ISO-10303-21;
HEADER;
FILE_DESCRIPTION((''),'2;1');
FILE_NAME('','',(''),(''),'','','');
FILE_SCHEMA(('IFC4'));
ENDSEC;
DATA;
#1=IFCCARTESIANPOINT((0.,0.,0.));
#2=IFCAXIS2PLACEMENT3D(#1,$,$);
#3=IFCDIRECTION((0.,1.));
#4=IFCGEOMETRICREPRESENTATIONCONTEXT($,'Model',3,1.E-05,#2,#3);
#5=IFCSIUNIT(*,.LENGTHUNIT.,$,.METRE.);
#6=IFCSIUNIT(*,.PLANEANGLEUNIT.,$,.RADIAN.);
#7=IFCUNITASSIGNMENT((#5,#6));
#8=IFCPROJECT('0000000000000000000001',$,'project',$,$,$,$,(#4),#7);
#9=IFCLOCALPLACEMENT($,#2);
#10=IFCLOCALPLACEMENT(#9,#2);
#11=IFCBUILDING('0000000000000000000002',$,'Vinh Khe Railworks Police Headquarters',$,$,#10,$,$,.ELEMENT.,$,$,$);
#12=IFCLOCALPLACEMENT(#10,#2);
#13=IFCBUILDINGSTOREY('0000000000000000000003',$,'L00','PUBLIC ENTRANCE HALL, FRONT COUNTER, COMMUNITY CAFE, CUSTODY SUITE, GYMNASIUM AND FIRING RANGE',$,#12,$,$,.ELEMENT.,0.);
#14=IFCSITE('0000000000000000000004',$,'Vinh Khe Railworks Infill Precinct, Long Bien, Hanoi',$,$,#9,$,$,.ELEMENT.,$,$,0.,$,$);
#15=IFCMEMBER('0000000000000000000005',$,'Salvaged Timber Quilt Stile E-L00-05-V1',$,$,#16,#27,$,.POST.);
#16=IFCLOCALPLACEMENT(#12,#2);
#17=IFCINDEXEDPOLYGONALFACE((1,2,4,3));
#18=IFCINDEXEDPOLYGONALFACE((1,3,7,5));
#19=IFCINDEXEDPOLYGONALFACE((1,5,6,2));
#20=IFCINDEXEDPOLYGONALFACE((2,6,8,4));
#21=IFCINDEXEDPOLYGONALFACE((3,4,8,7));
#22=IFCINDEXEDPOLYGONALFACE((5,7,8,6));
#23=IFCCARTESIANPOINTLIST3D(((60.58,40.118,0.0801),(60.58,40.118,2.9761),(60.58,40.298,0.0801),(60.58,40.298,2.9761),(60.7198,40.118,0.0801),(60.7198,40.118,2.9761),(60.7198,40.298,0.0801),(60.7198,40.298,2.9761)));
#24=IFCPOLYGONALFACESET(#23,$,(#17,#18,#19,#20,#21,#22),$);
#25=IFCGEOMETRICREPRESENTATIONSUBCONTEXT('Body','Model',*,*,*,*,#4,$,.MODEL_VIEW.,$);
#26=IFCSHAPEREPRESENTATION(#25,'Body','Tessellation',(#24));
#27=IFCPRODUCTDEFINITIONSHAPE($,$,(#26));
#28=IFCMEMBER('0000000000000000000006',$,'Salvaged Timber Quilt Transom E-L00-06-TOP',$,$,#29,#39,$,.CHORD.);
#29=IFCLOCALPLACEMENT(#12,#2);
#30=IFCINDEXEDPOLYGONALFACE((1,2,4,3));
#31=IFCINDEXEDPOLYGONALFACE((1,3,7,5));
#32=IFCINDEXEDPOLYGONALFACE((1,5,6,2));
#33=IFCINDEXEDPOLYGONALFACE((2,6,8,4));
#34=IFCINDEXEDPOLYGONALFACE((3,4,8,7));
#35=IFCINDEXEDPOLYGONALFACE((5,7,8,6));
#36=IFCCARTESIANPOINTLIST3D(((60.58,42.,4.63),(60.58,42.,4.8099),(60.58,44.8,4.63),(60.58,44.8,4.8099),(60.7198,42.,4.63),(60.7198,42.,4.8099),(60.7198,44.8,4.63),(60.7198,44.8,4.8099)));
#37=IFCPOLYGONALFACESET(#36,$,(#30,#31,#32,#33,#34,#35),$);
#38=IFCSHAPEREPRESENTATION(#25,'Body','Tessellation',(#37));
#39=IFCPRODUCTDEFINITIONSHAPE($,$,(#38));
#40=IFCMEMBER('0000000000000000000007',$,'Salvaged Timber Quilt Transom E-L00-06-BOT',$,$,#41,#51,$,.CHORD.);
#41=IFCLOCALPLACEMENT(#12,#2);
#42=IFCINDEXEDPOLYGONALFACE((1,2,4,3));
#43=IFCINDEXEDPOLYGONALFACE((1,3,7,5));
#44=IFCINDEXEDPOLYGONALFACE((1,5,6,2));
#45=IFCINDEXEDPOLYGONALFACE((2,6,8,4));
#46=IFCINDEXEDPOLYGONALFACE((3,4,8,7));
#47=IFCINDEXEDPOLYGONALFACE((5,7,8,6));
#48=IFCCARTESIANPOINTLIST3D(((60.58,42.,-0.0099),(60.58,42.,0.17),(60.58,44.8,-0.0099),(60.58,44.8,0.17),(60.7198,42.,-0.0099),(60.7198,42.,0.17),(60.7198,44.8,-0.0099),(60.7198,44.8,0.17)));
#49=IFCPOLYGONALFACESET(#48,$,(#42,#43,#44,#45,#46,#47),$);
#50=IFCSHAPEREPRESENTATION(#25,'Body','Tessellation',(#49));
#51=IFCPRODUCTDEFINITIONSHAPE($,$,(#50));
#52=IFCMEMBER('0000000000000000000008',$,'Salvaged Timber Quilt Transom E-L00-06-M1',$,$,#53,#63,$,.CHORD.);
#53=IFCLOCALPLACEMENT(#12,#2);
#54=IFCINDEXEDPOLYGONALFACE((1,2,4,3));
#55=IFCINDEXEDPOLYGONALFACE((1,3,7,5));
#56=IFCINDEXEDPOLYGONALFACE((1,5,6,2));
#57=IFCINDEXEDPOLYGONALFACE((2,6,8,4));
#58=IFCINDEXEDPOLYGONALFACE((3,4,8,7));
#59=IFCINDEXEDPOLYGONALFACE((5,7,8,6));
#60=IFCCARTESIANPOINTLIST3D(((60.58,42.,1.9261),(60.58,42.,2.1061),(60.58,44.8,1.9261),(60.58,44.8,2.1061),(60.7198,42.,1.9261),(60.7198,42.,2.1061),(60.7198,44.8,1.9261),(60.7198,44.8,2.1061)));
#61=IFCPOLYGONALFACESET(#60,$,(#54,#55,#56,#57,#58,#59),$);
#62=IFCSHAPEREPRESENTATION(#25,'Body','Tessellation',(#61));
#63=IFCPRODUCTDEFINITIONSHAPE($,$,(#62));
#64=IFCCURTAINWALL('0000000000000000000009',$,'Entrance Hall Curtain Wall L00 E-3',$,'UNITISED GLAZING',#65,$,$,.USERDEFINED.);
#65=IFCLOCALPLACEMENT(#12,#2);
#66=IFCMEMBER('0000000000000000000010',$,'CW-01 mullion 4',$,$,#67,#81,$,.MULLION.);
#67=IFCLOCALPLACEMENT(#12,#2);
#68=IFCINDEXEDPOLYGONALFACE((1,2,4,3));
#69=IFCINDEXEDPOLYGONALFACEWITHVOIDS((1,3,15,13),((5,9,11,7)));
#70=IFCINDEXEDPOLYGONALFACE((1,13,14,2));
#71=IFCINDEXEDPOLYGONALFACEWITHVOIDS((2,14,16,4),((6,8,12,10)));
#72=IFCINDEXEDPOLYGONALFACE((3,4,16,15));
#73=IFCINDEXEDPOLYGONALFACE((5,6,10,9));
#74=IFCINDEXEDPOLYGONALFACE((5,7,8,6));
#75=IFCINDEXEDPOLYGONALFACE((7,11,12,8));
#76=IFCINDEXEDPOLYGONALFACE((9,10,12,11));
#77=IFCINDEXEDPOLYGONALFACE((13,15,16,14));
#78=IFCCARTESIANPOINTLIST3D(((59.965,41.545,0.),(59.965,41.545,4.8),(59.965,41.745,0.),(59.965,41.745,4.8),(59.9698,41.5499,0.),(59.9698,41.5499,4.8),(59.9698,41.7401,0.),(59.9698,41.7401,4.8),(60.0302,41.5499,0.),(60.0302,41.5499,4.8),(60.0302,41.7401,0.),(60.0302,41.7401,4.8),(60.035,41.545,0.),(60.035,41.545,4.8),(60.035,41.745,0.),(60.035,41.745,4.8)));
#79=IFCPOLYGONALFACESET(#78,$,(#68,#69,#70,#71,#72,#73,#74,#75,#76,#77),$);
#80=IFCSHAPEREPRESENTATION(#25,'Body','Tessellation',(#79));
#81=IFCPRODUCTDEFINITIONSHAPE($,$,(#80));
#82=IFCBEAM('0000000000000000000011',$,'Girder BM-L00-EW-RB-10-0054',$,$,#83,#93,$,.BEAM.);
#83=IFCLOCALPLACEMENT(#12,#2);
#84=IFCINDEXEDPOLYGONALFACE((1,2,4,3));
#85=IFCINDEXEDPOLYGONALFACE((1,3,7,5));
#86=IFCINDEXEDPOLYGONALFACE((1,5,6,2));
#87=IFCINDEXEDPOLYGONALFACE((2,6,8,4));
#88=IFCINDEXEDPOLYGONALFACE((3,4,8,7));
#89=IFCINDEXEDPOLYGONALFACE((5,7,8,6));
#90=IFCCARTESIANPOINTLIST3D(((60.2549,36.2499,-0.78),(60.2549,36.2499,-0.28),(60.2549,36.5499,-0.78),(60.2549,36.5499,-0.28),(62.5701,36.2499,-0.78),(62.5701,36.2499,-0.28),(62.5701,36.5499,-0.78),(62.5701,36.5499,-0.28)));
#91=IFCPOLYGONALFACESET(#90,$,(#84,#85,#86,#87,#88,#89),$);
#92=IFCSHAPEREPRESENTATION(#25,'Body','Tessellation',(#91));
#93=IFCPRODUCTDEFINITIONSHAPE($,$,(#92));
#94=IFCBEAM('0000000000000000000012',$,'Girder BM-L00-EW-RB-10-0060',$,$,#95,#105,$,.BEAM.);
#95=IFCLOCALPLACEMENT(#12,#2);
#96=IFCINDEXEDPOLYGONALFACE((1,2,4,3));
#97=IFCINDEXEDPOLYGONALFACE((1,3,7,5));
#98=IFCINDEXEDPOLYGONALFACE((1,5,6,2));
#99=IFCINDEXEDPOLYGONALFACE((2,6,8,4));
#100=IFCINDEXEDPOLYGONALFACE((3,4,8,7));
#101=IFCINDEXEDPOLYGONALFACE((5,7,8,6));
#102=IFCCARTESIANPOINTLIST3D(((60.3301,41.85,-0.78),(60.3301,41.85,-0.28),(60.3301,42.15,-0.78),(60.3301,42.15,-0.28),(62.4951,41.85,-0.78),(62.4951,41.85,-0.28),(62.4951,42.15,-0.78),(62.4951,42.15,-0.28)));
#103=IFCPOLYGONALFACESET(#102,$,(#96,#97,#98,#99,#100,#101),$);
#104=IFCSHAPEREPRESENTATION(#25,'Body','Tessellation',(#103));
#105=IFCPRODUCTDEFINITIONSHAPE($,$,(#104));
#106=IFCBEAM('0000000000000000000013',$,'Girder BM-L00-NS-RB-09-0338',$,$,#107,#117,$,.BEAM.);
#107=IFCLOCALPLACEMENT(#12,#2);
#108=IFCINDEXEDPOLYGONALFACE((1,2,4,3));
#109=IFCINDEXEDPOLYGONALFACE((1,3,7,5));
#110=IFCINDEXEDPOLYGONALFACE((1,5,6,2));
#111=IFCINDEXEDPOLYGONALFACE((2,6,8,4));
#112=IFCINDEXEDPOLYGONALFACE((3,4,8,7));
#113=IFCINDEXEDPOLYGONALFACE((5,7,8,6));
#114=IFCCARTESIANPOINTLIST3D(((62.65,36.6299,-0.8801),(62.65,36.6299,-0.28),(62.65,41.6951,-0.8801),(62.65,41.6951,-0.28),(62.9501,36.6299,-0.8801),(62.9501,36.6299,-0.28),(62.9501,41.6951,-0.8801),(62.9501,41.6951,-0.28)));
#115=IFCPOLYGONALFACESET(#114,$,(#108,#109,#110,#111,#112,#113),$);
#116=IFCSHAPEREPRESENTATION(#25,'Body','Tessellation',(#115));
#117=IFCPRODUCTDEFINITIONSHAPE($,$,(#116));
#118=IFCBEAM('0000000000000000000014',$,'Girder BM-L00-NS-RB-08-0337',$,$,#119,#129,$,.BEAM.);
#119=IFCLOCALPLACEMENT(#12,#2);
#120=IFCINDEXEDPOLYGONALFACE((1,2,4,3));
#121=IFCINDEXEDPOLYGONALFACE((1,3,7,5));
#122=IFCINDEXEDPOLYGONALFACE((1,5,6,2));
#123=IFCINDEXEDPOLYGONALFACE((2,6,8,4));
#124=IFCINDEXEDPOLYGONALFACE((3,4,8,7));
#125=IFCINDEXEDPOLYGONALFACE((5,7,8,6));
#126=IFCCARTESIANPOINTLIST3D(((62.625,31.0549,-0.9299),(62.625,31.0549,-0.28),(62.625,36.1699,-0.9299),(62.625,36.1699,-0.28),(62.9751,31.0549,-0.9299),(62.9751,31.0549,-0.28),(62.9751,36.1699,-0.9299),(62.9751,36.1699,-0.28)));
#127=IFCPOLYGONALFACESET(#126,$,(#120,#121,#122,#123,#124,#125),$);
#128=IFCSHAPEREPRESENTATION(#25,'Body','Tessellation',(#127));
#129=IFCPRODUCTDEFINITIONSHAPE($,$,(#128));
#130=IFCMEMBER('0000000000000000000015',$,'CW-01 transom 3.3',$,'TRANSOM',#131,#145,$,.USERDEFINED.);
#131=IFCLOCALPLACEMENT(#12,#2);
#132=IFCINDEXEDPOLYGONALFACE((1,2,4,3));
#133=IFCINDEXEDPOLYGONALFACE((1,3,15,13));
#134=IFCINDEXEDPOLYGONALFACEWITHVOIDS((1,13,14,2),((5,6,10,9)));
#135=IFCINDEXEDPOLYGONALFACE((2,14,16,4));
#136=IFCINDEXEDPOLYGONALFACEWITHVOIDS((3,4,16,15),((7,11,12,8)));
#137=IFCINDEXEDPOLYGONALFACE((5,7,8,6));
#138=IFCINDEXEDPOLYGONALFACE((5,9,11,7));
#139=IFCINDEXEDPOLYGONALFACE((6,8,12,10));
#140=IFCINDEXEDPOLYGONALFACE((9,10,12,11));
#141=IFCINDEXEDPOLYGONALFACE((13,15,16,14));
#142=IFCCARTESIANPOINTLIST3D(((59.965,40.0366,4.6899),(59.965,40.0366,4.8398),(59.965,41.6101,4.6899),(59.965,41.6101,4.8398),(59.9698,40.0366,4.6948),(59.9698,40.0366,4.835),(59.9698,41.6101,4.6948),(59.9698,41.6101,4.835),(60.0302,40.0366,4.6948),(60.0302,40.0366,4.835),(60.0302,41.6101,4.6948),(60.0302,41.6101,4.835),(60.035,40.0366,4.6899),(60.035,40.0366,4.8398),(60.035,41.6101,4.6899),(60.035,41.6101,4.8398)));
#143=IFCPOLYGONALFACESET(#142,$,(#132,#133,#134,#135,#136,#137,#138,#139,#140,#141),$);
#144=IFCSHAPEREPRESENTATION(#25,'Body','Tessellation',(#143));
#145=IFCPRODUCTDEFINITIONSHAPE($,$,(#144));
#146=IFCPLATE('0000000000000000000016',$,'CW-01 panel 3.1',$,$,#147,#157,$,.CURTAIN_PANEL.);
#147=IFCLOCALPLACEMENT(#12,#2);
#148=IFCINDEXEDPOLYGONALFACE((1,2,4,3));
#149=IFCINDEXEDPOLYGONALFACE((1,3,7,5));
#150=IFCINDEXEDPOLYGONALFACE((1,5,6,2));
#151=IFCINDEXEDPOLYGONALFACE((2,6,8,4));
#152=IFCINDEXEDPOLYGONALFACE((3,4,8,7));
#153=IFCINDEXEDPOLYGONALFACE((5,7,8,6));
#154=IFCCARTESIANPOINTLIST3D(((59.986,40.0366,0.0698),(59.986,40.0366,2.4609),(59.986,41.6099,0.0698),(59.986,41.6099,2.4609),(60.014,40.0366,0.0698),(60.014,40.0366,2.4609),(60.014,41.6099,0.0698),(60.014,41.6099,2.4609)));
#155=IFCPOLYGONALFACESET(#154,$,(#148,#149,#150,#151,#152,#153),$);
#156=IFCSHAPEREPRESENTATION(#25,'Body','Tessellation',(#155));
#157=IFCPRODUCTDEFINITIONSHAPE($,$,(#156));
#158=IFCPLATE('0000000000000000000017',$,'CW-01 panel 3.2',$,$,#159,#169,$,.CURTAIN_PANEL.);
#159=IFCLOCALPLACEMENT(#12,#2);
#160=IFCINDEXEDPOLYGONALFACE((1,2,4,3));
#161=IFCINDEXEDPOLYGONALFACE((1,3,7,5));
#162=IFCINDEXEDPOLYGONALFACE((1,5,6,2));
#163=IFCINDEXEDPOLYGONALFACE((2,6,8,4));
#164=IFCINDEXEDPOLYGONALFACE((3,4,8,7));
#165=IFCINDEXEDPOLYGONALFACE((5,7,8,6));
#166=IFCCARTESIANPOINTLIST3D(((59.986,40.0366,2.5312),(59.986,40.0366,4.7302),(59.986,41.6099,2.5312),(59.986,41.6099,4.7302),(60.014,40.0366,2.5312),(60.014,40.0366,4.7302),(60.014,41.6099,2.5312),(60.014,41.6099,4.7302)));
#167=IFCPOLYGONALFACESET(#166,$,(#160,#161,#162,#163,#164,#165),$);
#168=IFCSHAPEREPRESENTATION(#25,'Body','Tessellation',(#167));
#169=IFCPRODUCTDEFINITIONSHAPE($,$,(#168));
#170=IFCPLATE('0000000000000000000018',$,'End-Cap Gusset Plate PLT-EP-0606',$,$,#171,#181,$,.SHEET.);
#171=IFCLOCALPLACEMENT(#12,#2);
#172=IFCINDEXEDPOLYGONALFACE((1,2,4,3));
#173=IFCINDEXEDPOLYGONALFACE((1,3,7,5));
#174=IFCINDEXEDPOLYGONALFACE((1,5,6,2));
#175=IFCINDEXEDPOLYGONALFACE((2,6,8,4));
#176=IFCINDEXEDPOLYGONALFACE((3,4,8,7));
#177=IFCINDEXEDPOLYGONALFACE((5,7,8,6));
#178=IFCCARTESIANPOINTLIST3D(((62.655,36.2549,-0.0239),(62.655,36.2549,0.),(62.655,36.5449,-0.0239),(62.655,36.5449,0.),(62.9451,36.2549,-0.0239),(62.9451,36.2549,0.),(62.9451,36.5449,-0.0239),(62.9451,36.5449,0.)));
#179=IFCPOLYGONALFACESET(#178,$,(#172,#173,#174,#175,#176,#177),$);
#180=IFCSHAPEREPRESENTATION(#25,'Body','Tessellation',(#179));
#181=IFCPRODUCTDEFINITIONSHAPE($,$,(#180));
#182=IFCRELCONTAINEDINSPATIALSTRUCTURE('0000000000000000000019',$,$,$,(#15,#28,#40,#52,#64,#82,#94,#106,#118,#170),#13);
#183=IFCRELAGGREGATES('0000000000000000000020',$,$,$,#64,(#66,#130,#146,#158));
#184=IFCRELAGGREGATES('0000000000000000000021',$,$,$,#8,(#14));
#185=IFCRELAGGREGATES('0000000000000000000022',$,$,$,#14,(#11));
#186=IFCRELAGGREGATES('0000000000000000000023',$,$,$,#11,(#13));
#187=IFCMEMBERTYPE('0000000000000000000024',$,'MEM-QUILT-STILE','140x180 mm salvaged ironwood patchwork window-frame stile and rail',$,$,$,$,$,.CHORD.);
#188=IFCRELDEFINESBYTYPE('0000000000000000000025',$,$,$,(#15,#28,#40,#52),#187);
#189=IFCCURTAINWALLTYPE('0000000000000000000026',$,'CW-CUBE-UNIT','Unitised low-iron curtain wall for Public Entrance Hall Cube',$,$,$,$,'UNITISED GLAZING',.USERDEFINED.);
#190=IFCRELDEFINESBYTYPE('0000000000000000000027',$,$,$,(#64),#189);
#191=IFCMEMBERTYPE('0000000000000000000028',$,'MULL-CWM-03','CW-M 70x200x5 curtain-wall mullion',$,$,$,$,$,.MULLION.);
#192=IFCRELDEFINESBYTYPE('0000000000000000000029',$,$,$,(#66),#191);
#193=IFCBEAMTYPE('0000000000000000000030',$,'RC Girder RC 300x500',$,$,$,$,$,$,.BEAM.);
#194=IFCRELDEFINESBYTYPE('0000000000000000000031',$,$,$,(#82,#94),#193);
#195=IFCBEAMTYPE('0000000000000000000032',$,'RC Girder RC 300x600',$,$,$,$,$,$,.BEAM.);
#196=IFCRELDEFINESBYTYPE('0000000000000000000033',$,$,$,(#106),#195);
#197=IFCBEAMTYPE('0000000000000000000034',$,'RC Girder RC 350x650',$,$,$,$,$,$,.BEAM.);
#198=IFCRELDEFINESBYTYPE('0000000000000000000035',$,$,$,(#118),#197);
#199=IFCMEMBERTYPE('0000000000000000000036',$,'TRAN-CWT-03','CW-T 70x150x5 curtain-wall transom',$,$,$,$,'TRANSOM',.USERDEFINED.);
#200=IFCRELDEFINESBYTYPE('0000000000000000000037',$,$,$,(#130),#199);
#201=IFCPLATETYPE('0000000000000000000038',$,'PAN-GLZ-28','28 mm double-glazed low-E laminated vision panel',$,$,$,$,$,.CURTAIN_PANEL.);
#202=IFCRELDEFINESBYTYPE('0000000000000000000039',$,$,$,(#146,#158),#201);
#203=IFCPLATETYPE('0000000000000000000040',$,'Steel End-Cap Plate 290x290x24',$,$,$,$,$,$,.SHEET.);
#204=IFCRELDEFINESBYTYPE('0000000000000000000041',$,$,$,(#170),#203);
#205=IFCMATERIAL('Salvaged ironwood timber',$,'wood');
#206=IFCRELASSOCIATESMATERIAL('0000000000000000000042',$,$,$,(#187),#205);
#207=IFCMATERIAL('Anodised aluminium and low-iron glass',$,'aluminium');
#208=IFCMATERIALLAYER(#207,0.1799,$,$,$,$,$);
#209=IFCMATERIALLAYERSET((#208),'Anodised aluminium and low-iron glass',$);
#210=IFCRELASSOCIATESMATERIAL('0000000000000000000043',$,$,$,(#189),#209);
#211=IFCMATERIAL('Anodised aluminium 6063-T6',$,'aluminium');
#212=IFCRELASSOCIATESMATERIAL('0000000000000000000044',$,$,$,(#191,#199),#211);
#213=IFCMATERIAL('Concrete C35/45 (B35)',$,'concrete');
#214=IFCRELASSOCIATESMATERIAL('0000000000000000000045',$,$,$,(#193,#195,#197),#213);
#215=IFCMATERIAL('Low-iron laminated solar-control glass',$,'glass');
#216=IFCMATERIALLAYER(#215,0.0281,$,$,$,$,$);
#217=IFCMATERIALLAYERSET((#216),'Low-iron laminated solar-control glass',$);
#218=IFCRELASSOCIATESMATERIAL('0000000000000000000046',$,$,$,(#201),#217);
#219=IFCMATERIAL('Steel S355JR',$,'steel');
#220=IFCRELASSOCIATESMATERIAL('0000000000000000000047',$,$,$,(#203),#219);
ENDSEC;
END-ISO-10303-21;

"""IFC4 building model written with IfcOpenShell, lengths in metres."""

from ifc_helpers import new_model, si_unit, direction, frame, origin, origin_2d, place, context, subcontext, project, spatial, rectangle, hollow_rectangle, extrude, material, layer, layer_set, material_profile, profile_set, type_object, element, aggregate, save


model = new_model("IFC4")

# Units and contexts
model_context = context("Model", 3, precision=1e-05, world=origin(), true_north=direction((0.0, 1.0)))
body_context = subcontext(model_context, "Body", "Model", "MODEL_VIEW")
ifc_project = project(units=[si_unit("LENGTHUNIT", "METRE"), si_unit("PLANEANGLEUNIT", "RADIAN")], contexts=[model_context])

# Site, building, storey
site_placement = place(None, origin())
site = spatial("IfcSite", under=ifc_project, at=site_placement, Name="Vinh Khe Railworks Infill Precinct, Long Bien, Hanoi", CompositionType="ELEMENT", RefElevation=0.0)
building_placement = place(site_placement, origin())
building = spatial("IfcBuilding", under=site, at=building_placement, Name="Vinh Khe Railworks Police Headquarters", CompositionType="ELEMENT")
storey_placement = place(building_placement, origin())
storey = spatial("IfcBuildingStorey", under=building, at=storey_placement, Name="L00", Description="PUBLIC ENTRANCE HALL, FRONT COUNTER, COMMUNITY CAFE, CUSTODY SUITE, GYMNASIUM AND FIRING RANGE", CompositionType="ELEMENT", Elevation=0.0)

# Shared definitions
ifc_material_1 = material(Name="Steel S355JR", Category="steel")

# Members
ifc_material_2 = material(Name="Salvaged ironwood timber", Category="wood")
ifc_material_profile_1 = material_profile(ifc_material_2, rectangle(XDim=0.1399, YDim=0.1799, at=origin_2d()), Name="TIMBER 140x180")
ifc_profile_set_1 = profile_set([ifc_material_profile_1], Name="Salvaged ironwood timber")
member_type_1 = type_object("IfcMemberType", Name="MEM-QUILT-STILE", Description="140x180 mm salvaged ironwood patchwork window-frame stile and rail", PredefinedType="CHORD", material=ifc_profile_set_1)
member_1_placement = place(storey_placement, frame((60.6499, 40.208, 0.0801), z_axis=(0.0, 0.0, 1.0), x_axis=(1.0, 0.0, 0.0)))
element("IfcMember", 1, at=member_1_placement, inside=storey, type_object=member_type_1, Name="Salvaged Timber Quilt Stile E-L00-05-V1", PredefinedType="POST", context=body_context, shape_type="SweptSolid", body=[
    extrude(rectangle(XDim=0.1399, YDim=0.1799, at=origin_2d()), origin(), (0.0, 0.0, 1.0), 2.896),
])
for number, where, z_axis, x_axis, name in (
    (2, (60.6499, 42.0, 4.72), (0.0, 1.0, 0.0), (-1.0, 0.0, 0.0), "Salvaged Timber Quilt Transom E-L00-06-TOP"),
    (3, (60.6499, 42.0, 0.0801), (0.0, 1.0, 0.0), (-1.0, 0.0, 0.0), "Salvaged Timber Quilt Transom E-L00-06-BOT"),
    (4, (60.6499, 42.0, 2.0161), (0.0, 1.0, 0.0), (-1.0, 0.0, 0.0), "Salvaged Timber Quilt Transom E-L00-06-M1"),
):
    element("IfcMember", number, at=place(storey_placement, frame(where, z_axis=z_axis, x_axis=x_axis)), inside=storey, type_object=member_type_1, Name=name, PredefinedType="CHORD", context=body_context, shape_type="SweptSolid", body=[
        extrude(rectangle(XDim=0.1399, YDim=0.1799, at=origin_2d()), origin(), (0.0, 0.0, 1.0), 2.8),
    ])

# Curtain wall, member
ifc_material_3 = material(Name="Anodised aluminium and low-iron glass", Category="aluminium")
ifc_layer_1 = layer(ifc_material_3, 0.1799)
ifc_layer_set_1 = layer_set([ifc_layer_1], Name="Anodised aluminium and low-iron glass")
curtain_wall_type = type_object("IfcCurtainWallType", Name="CW-CUBE-UNIT", Description="Unitised low-iron curtain wall for Public Entrance Hall Cube", ElementType="UNITISED GLAZING", PredefinedType="USERDEFINED", material=ifc_layer_set_1)
curtain_wall_placement = place(storey_placement, origin())
curtain_wall = element("IfcCurtainWall", 5, at=curtain_wall_placement, inside=storey, type_object=curtain_wall_type, Name="Entrance Hall Curtain Wall L00 E-3", ObjectType="UNITISED GLAZING", PredefinedType="USERDEFINED")
ifc_material_4 = material(Name="Anodised aluminium 6063-T6", Category="aluminium")
ifc_material_profile_2 = material_profile(ifc_material_4, hollow_rectangle(XDim=0.0701, YDim=0.2, WallThickness=0.0049, at=origin_2d()), Name="CW-M 70x200x5")
ifc_profile_set_2 = profile_set([ifc_material_profile_2], Name="Anodised aluminium 6063-T6")
member_type_2 = type_object("IfcMemberType", Name="MULL-CWM-03", Description="CW-M 70x200x5 curtain-wall mullion", PredefinedType="MULLION", material=ifc_profile_set_2)
member_2_placement = place(storey_placement, frame((60.0, 41.645, 0.0), z_axis=(0.0, 0.0, 1.0), x_axis=(-1.0, 0.0, 0.0)))
member_2 = element("IfcMember", 6, at=member_2_placement, type_object=member_type_2, Name="CW-01 mullion 4", PredefinedType="MULLION", context=body_context, shape_type="SweptSolid", body=[
    extrude(hollow_rectangle(XDim=0.0701, YDim=0.2, WallThickness=0.0049, at=origin_2d()), origin(), (0.0, 0.0, 1.0), 4.8),
])

# Beams
ifc_material_5 = material(Name="Concrete C35/45 (B35)", Category="concrete")
ifc_material_profile_3 = material_profile(ifc_material_5, rectangle(XDim=0.3, YDim=0.5, at=origin_2d()), Name="RC 300x500")
ifc_profile_set_3 = profile_set([ifc_material_profile_3], Name="Concrete C35/45 (B35)")
beam_type_1 = type_object("IfcBeamType", Name="RC Girder RC 300x500", PredefinedType="BEAM", material=ifc_profile_set_3)
beam_1_placement = place(storey_placement, frame((60.2549, 36.3999, -0.53), z_axis=(1.0, 0.0, 0.0), x_axis=(0.0, 1.0, 0.0)))
element("IfcBeam", 7, at=beam_1_placement, inside=storey, type_object=beam_type_1, Name="Girder BM-L00-EW-RB-10-0054", PredefinedType="BEAM", context=body_context, shape_type="SweptSolid", body=[
    extrude(rectangle(XDim=0.3, YDim=0.5, at=origin_2d()), origin(), (0.0, 0.0, 1.0), 2.3152),
])
beam_2_placement = place(storey_placement, frame((60.3301, 42.0, -0.53), z_axis=(1.0, 0.0, 0.0), x_axis=(0.0, 1.0, 0.0)))
element("IfcBeam", 8, at=beam_2_placement, inside=storey, type_object=beam_type_1, Name="Girder BM-L00-EW-RB-10-0060", PredefinedType="BEAM", context=body_context, shape_type="SweptSolid", body=[
    extrude(rectangle(XDim=0.3, YDim=0.5, at=origin_2d()), origin(), (0.0, 0.0, 1.0), 2.165),
])
ifc_material_profile_4 = material_profile(ifc_material_5, rectangle(XDim=0.3, YDim=0.6001, at=origin_2d()), Name="RC 300x600")
ifc_profile_set_4 = profile_set([ifc_material_profile_4], Name="Concrete C35/45 (B35)")
beam_type_2 = type_object("IfcBeamType", Name="RC Girder RC 300x600", PredefinedType="BEAM", material=ifc_profile_set_4)
beam_3_placement = place(storey_placement, frame((62.8, 36.6299, -0.5801), z_axis=(0.0, 1.0, 0.0), x_axis=(-1.0, 0.0, 0.0)))
element("IfcBeam", 9, at=beam_3_placement, inside=storey, type_object=beam_type_2, Name="Girder BM-L00-NS-RB-09-0338", PredefinedType="BEAM", context=body_context, shape_type="SweptSolid", body=[
    extrude(rectangle(XDim=0.3, YDim=0.6001, at=origin_2d()), origin(), (0.0, 0.0, 1.0), 5.0652),
])
ifc_material_profile_5 = material_profile(ifc_material_5, rectangle(XDim=0.3501, YDim=0.6499, at=origin_2d()), Name="RC 350x650")
ifc_profile_set_5 = profile_set([ifc_material_profile_5], Name="Concrete C35/45 (B35)")
beam_type_3 = type_object("IfcBeamType", Name="RC Girder RC 350x650", PredefinedType="BEAM", material=ifc_profile_set_5)
beam_4_placement = place(storey_placement, frame((62.8, 31.0549, -0.605), z_axis=(0.0, 1.0, 0.0), x_axis=(-1.0, 0.0, 0.0)))
element("IfcBeam", 10, at=beam_4_placement, inside=storey, type_object=beam_type_3, Name="Girder BM-L00-NS-RB-08-0337", PredefinedType="BEAM", context=body_context, shape_type="SweptSolid", body=[
    extrude(rectangle(XDim=0.3501, YDim=0.6499, at=origin_2d()), origin(), (0.0, 0.0, 1.0), 5.115),
])

# Member
ifc_material_profile_6 = material_profile(ifc_material_4, hollow_rectangle(XDim=0.0701, YDim=0.1499, WallThickness=0.0049, at=origin_2d()), Name="CW-T 70x150x5")
ifc_profile_set_6 = profile_set([ifc_material_profile_6], Name="Anodised aluminium 6063-T6")
member_type_3 = type_object("IfcMemberType", Name="TRAN-CWT-03", Description="CW-T 70x150x5 curtain-wall transom", ElementType="TRANSOM", PredefinedType="USERDEFINED", material=ifc_profile_set_6)
member_3_placement = place(storey_placement, frame((60.0, 40.0366, 4.7649), z_axis=(0.0, 1.0, 0.0), x_axis=(-1.0, 0.0, 0.0)))
member_3 = element("IfcMember", 11, at=member_3_placement, type_object=member_type_3, Name="CW-01 transom 3.3", ObjectType="TRANSOM", PredefinedType="USERDEFINED", context=body_context, shape_type="SweptSolid", body=[
    extrude(hollow_rectangle(XDim=0.0701, YDim=0.1499, WallThickness=0.0049, at=origin_2d()), origin(), (0.0, 0.0, 1.0), 1.5735),
])

# Plates
ifc_material_6 = material(Name="Low-iron laminated solar-control glass", Category="glass")
ifc_layer_2 = layer(ifc_material_6, 0.0281)
ifc_layer_set_2 = layer_set([ifc_layer_2], Name="Low-iron laminated solar-control glass")
plate_type_1 = type_object("IfcPlateType", Name="PAN-GLZ-28", Description="28 mm double-glazed low-E laminated vision panel", PredefinedType="CURTAIN_PANEL", material=ifc_layer_set_2)
plate_1_placement = place(storey_placement, frame((60.0, 40.8232, 0.0698), z_axis=(0.0, 0.0, 1.0), x_axis=(0.0, 1.0, 0.0)))
plate_1 = element("IfcPlate", 12, at=plate_1_placement, type_object=plate_type_1, Name="CW-01 panel 3.1", PredefinedType="CURTAIN_PANEL", context=body_context, shape_type="SweptSolid", body=[
    extrude(rectangle(XDim=1.5732, YDim=0.0281, at=origin_2d()), origin(), (0.0, 0.0, 1.0), 2.3911),
])
plate_2_placement = place(storey_placement, frame((60.0, 40.8232, 2.5312), z_axis=(0.0, 0.0, 1.0), x_axis=(0.0, 1.0, 0.0)))
plate_2 = element("IfcPlate", 13, at=plate_2_placement, type_object=plate_type_1, Name="CW-01 panel 3.2", PredefinedType="CURTAIN_PANEL", context=body_context, shape_type="SweptSolid", body=[
    extrude(rectangle(XDim=1.5732, YDim=0.0281, at=origin_2d()), origin(), (0.0, 0.0, 1.0), 2.199),
])
aggregate(curtain_wall, [member_2, member_3, plate_1, plate_2])

# Plate
ifc_material_profile_7 = material_profile(ifc_material_1, rectangle(XDim=0.29, YDim=0.29, at=origin_2d()), Name="PL 290x290")
ifc_profile_set_7 = profile_set([ifc_material_profile_7], Name="Steel S355JR")
plate_type_2 = type_object("IfcPlateType", Name="Steel End-Cap Plate 290x290x24", PredefinedType="SHEET", material=ifc_profile_set_7)
for number, where, z_axis, x_axis, name in (
    (14, (62.8, 36.3999, 0.0), (0.0, 0.0, -1.0), (1.0, 0.0, 0.0), "End-Cap Gusset Plate PLT-EP-0606"),
):
    element("IfcPlate", number, at=place(storey_placement, frame(where, z_axis=z_axis, x_axis=x_axis)), inside=storey, type_object=plate_type_2, Name=name, PredefinedType="SHEET", context=body_context, shape_type="SweptSolid", body=[
        extrude(rectangle(XDim=0.29, YDim=0.29, at=origin_2d()), origin(), (0.0, 0.0, 1.0), 0.0239),
    ])

save(model, "model.ifc")
